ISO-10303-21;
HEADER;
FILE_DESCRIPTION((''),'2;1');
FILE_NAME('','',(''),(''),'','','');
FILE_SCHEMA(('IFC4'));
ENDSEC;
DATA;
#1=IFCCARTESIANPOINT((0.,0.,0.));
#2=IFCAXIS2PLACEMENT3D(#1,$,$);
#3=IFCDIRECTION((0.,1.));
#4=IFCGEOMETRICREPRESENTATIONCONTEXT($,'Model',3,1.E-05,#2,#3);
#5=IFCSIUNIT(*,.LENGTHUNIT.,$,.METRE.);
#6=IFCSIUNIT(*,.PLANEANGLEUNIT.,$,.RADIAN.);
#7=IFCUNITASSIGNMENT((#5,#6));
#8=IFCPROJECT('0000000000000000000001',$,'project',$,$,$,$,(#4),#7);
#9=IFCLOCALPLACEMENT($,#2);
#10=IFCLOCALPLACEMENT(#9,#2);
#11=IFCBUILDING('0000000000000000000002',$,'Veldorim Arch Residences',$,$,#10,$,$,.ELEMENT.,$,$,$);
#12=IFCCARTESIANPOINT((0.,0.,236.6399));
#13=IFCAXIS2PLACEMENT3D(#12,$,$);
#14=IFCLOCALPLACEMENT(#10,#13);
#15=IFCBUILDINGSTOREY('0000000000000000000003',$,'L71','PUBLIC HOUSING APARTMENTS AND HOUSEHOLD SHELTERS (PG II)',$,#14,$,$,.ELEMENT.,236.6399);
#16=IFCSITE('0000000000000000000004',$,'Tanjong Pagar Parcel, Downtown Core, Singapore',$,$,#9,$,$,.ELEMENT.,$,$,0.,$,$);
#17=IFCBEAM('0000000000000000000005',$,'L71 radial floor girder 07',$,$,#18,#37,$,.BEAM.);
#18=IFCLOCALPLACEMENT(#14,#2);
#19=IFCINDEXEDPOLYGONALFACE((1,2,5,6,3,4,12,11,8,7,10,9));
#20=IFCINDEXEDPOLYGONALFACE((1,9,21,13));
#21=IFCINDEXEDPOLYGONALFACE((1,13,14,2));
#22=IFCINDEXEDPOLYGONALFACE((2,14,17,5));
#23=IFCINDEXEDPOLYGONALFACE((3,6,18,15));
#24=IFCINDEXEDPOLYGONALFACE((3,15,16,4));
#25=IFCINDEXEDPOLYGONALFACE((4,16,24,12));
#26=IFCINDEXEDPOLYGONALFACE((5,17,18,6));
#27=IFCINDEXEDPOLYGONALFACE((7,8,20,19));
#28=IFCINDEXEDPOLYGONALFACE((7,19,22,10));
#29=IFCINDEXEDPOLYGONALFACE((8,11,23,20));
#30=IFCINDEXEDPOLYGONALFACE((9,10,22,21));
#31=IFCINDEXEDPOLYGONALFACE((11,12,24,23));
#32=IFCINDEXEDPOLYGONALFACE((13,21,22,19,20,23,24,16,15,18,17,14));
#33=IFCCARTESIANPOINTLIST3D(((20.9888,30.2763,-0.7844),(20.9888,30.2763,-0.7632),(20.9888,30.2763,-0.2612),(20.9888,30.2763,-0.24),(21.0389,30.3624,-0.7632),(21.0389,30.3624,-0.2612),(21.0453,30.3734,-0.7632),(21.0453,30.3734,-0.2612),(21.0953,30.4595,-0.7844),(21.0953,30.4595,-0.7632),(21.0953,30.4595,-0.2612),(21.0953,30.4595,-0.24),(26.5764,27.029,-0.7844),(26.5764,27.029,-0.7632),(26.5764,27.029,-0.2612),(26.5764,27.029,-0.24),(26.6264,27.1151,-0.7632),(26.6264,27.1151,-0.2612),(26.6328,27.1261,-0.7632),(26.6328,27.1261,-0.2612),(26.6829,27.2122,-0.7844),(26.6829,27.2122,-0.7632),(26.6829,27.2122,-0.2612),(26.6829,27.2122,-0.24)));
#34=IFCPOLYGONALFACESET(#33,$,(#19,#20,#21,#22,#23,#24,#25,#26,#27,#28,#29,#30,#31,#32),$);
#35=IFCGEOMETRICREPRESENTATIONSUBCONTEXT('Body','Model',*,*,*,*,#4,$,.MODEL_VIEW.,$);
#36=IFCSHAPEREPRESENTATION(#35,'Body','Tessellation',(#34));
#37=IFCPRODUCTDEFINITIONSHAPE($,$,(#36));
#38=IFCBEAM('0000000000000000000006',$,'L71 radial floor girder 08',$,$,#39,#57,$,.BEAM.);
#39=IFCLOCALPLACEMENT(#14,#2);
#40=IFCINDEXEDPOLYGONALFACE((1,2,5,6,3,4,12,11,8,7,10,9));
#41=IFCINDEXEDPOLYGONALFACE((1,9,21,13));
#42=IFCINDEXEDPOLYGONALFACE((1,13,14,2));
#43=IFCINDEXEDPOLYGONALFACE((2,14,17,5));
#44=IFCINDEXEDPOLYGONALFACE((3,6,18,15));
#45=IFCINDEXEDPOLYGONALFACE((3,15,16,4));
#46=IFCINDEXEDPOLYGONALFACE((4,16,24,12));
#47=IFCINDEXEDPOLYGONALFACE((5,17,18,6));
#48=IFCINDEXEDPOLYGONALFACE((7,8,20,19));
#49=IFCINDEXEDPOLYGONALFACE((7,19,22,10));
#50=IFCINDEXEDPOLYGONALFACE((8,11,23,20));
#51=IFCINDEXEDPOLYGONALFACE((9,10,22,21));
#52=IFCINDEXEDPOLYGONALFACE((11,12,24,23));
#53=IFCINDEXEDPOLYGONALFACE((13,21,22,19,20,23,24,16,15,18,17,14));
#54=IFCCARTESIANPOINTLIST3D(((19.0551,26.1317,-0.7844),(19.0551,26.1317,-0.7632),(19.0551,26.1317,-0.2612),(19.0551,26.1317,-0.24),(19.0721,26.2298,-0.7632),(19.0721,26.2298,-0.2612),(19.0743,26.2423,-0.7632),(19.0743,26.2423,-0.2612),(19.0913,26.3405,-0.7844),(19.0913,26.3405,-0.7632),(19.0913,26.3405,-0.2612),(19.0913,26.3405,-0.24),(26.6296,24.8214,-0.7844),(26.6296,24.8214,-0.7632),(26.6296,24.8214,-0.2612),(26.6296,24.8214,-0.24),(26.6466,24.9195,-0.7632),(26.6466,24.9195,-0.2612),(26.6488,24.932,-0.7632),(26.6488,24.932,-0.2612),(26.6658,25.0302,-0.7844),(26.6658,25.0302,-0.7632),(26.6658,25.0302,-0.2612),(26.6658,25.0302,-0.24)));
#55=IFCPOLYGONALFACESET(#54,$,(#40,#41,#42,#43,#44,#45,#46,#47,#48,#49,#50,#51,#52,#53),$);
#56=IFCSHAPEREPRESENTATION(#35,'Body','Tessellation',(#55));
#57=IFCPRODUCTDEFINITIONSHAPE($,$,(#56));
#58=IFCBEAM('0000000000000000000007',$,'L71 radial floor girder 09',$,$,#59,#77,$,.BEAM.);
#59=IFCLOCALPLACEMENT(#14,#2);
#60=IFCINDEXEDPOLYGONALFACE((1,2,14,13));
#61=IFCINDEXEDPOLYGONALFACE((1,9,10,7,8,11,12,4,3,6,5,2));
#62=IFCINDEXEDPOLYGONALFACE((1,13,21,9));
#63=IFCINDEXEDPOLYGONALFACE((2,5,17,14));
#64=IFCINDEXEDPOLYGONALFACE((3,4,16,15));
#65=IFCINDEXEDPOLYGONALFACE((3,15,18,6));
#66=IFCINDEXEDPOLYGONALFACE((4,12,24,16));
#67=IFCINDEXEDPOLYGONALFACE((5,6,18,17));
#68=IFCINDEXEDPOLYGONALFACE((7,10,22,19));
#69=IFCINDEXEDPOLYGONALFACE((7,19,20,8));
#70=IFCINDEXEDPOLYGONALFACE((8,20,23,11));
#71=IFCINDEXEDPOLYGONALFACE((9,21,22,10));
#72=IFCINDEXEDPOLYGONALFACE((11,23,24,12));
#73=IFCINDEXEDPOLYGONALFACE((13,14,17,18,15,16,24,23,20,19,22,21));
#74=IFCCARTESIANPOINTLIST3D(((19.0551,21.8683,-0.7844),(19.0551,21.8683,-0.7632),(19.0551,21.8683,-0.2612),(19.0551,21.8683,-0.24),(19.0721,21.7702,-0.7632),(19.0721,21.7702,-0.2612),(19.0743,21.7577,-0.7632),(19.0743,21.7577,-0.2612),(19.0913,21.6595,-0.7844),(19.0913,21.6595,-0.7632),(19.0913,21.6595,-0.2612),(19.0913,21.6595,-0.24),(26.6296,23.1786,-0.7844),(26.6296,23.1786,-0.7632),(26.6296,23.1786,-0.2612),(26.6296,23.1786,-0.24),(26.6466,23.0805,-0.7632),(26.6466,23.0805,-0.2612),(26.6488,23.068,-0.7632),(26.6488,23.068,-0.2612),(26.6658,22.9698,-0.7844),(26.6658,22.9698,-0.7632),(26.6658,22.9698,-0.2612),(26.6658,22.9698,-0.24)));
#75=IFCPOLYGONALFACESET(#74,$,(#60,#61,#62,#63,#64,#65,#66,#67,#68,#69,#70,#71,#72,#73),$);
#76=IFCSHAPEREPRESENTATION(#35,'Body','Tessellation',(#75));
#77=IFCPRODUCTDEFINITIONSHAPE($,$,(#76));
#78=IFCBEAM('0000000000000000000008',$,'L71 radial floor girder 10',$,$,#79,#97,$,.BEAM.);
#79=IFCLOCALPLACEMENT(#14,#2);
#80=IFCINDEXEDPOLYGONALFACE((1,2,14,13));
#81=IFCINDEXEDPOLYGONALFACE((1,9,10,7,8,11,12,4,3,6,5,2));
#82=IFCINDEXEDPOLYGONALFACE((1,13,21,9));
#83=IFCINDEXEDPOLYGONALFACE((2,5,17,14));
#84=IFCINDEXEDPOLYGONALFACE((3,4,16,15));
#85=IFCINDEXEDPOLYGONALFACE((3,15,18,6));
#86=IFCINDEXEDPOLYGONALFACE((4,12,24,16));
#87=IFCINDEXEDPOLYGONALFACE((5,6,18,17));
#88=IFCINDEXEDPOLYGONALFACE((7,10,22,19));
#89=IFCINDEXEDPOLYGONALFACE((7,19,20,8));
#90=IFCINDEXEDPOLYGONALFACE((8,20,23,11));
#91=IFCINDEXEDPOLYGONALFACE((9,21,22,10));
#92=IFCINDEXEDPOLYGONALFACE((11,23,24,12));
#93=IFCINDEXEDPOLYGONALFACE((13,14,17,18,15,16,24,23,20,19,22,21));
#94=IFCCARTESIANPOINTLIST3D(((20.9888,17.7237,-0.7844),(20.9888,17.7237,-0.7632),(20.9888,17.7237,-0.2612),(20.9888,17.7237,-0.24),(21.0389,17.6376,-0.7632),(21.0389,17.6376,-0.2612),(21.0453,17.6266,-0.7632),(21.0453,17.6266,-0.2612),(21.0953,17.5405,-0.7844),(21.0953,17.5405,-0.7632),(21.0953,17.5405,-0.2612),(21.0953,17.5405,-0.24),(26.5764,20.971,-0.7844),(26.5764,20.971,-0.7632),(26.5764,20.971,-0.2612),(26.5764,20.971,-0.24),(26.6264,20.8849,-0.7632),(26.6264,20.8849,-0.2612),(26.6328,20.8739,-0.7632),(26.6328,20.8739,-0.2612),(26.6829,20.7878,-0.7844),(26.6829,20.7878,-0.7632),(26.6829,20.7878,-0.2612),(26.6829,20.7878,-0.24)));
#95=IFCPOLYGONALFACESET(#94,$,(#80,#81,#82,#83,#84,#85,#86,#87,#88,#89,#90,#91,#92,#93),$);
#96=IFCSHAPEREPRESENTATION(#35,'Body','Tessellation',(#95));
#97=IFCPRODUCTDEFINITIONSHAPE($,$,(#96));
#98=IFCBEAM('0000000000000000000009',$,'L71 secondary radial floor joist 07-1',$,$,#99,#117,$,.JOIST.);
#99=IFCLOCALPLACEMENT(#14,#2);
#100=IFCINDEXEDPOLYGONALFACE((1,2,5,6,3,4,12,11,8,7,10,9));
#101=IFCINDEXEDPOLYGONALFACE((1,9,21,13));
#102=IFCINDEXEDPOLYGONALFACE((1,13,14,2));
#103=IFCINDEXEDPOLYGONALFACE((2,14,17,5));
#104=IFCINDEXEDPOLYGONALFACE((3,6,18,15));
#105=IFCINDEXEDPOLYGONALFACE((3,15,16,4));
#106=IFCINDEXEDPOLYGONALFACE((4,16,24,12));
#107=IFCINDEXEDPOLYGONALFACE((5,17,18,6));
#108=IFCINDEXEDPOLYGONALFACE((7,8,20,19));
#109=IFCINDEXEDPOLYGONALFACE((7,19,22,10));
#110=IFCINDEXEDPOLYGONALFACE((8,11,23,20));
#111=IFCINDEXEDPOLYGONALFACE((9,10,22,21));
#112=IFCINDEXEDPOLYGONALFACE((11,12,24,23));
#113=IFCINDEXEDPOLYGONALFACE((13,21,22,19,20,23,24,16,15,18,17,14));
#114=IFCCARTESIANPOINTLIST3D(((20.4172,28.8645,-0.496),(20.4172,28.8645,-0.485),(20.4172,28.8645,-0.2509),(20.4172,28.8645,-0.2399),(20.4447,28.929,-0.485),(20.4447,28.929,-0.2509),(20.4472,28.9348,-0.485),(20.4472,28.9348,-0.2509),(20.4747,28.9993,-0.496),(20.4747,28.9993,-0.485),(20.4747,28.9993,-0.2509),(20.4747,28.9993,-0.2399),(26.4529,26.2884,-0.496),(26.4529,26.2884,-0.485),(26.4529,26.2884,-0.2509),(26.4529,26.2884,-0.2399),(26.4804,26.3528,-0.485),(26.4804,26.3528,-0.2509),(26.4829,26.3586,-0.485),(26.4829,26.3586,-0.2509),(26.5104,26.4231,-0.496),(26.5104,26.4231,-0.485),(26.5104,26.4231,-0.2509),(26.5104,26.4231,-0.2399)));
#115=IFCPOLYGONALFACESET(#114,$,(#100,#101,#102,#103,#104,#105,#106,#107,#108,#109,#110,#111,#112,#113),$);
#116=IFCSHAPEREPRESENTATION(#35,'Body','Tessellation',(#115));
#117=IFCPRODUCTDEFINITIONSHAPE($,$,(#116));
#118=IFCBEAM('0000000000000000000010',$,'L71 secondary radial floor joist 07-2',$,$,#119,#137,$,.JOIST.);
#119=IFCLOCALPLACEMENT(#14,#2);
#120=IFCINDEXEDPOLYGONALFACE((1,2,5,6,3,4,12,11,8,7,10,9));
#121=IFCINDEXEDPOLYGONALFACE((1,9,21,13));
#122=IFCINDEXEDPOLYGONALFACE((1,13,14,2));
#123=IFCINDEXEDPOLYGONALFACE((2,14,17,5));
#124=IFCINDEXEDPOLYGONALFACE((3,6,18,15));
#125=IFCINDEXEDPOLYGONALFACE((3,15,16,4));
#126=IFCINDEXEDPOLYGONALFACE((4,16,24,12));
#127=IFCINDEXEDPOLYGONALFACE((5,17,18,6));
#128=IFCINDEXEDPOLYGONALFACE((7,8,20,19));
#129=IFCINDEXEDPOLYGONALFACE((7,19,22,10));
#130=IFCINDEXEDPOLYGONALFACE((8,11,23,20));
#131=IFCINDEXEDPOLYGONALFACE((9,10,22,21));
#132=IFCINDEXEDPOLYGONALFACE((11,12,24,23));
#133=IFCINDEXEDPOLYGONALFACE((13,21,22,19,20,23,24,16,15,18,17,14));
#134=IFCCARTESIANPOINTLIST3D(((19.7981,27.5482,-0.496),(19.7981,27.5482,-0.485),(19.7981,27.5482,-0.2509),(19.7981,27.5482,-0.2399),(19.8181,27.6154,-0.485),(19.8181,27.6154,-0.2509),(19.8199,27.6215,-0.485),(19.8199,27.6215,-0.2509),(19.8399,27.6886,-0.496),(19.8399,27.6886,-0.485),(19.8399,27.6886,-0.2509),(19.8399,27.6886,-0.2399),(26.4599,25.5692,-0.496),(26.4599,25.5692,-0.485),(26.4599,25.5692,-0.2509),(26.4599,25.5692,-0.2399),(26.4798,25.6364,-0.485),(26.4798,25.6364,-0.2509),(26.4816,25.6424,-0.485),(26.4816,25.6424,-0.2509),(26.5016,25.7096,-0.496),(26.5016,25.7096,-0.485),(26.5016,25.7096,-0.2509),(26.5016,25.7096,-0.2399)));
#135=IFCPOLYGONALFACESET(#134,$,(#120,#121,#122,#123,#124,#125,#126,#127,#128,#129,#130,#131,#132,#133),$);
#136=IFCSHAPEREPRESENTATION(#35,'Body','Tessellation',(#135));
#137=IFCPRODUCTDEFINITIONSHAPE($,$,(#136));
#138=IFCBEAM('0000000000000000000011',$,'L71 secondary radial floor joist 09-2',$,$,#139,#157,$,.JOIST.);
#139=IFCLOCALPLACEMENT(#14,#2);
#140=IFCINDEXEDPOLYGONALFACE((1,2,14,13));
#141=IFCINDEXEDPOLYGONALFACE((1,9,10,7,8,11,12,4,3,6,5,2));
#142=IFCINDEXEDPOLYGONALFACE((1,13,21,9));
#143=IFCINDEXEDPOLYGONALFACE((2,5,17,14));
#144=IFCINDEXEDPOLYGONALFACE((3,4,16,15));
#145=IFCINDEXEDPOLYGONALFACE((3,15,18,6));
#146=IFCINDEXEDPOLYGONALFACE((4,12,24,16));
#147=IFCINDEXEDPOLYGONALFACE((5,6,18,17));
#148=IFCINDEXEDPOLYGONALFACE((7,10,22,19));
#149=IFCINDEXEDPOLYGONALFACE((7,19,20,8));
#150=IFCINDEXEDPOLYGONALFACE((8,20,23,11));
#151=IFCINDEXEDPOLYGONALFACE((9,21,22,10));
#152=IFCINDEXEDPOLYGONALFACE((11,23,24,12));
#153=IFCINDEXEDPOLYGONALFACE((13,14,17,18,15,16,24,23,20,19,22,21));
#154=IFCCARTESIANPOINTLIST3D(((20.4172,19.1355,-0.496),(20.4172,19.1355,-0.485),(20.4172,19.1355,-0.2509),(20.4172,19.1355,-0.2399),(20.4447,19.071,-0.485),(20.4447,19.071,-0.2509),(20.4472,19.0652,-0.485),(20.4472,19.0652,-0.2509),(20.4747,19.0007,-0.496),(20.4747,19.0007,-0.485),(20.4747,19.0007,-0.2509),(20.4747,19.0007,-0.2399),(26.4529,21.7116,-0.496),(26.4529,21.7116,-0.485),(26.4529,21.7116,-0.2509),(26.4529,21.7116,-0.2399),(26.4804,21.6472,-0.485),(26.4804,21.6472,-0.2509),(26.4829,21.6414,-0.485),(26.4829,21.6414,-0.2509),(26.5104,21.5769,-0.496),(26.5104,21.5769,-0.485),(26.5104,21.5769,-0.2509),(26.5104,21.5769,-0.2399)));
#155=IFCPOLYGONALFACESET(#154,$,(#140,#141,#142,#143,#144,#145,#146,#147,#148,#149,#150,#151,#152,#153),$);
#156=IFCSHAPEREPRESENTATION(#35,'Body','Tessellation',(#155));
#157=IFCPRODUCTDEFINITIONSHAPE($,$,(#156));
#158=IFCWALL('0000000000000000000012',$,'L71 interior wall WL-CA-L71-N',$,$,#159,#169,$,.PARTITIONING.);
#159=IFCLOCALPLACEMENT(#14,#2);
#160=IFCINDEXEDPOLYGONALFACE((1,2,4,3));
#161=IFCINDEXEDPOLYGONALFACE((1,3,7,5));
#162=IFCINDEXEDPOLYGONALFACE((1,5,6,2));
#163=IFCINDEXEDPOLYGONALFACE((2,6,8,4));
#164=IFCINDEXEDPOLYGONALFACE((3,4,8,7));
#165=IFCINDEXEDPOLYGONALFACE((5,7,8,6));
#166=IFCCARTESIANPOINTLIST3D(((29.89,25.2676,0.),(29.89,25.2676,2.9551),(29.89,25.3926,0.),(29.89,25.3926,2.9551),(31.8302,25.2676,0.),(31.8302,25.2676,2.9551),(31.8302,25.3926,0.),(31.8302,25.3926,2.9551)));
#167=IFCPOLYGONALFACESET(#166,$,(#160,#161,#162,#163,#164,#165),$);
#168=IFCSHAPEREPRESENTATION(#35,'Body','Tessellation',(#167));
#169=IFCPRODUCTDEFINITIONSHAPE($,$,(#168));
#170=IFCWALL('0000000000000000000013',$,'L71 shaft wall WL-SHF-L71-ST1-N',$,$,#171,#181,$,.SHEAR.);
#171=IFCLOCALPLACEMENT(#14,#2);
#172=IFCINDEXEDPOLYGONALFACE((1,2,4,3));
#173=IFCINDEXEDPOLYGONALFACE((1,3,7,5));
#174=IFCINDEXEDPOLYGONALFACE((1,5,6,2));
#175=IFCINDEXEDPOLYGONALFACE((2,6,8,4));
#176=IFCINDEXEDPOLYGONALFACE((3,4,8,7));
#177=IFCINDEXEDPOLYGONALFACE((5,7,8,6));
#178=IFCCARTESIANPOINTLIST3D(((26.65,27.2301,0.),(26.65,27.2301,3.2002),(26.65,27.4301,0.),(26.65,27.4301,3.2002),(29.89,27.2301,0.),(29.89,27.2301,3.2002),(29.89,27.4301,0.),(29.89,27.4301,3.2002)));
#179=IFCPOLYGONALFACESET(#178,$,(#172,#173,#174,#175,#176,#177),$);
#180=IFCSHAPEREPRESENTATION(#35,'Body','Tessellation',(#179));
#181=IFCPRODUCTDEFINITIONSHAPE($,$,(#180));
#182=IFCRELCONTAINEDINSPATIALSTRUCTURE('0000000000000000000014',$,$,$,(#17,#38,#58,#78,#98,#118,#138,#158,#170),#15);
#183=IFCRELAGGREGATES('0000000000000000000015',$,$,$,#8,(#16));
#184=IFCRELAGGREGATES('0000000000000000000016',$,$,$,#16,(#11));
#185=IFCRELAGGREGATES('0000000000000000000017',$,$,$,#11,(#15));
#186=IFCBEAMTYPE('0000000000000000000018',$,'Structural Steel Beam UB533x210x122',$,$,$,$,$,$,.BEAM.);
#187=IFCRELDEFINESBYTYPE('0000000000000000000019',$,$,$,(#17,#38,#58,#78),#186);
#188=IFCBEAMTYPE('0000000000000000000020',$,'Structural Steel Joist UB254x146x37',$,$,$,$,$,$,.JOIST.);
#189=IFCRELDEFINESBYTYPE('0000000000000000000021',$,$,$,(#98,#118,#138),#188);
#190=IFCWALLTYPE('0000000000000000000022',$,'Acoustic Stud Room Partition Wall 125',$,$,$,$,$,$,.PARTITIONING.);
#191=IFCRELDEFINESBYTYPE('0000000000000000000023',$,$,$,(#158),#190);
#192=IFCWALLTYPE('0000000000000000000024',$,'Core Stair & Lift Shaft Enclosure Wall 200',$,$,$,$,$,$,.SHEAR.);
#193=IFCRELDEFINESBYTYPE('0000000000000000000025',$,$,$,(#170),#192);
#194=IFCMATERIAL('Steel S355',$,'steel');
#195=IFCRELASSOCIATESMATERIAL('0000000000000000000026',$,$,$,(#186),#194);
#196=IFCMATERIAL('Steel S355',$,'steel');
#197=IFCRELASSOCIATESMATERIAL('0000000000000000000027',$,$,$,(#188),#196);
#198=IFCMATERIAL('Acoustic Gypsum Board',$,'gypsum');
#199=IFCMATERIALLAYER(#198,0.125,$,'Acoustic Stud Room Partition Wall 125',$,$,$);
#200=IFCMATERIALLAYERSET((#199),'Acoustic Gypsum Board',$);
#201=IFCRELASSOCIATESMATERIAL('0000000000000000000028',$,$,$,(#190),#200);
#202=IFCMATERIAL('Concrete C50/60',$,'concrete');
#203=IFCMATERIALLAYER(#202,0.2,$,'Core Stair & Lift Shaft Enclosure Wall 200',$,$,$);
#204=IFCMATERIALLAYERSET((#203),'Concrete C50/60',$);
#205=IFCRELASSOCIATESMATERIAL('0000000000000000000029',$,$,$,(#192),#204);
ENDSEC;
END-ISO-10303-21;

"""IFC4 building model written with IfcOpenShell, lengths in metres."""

from ifc_helpers import new_model, si_unit, direction, frame, frame_2d, origin, origin_2d, place, context, subcontext, project, spatial, rectangle, i_section, extrude, material, layer, layer_set, material_profile, profile_set, type_object, element, save


model = new_model("IFC4")

# Units and contexts
model_context = context("Model", 3, precision=1e-05, world=origin(), true_north=direction((0.0, 1.0)))
body_context = subcontext(model_context, "Body", "Model", "MODEL_VIEW")
ifc_project = project(units=[si_unit("LENGTHUNIT", "METRE"), si_unit("PLANEANGLEUNIT", "RADIAN")], contexts=[model_context])

# Site, building, storey
site_placement = place(None, origin())
site = spatial("IfcSite", under=ifc_project, at=site_placement, Name="Tanjong Pagar Parcel, Downtown Core, Singapore", CompositionType="ELEMENT", RefElevation=0.0)
building_placement = place(site_placement, origin())
building = spatial("IfcBuilding", under=site, at=building_placement, Name="Veldorim Arch Residences", CompositionType="ELEMENT")
storey_placement = place(building_placement, frame((0.0, 0.0, 236.6399)))
storey = spatial("IfcBuildingStorey", under=building, at=storey_placement, Name="L71", Description="PUBLIC HOUSING APARTMENTS AND HOUSEHOLD SHELTERS (PG II)", CompositionType="ELEMENT", Elevation=236.6399)

# Beams
ifc_material_1 = material(Name="Steel S355", Category="steel")
ifc_material_profile_1 = material_profile(ifc_material_1, i_section(OverallWidth=0.2119, OverallDepth=0.5444, WebThickness=0.0127, FlangeThickness=0.0212, at=origin_2d()), Name="UB533x210x122")
ifc_profile_set_1 = profile_set([ifc_material_profile_1], Name="Steel S355")
beam_type_1 = type_object("IfcBeamType", Name="Structural Steel Beam UB533x210x122", PredefinedType="BEAM", material=ifc_profile_set_1)
beam_1_placement = place(storey_placement, frame((26.6296, 27.1206, -0.5122), z_axis=(-0.864596, 0.502468, 0.0), x_axis=(-0.502468, -0.864596, 0.0)))
element("IfcBeam", 1, at=beam_1_placement, inside=storey, type_object=beam_type_1, Name="L71 radial floor girder 07", PredefinedType="BEAM", context=body_context, shape_type="SweptSolid", body=[
    extrude(i_section(OverallWidth=0.2119, OverallDepth=0.5444, WebThickness=0.0127, FlangeThickness=0.0212, at=origin_2d()), origin(), (0.0, 0.0, 1.0), 6.4626),
])
for number, where, z_axis, x_axis, name in (
    (2, (26.6477, 24.9258, -0.5122), (-0.985365, 0.170458, 0.0), (-0.170458, -0.985365, 0.0), "L71 radial floor girder 08"),
    (3, (26.6477, 23.0742, -0.5122), (-0.985365, -0.170458, 0.0), (0.170458, -0.985365, 0.0), "L71 radial floor girder 09"),
):
    element("IfcBeam", number, at=place(storey_placement, frame(where, z_axis=z_axis, x_axis=x_axis)), inside=storey, type_object=beam_type_1, Name=name, PredefinedType="BEAM", context=body_context, shape_type="SweptSolid", body=[
        extrude(i_section(OverallWidth=0.2119, OverallDepth=0.5444, WebThickness=0.0127, FlangeThickness=0.0212, at=origin_2d()), origin(), (0.0, 0.0, 1.0), 7.687),
    ])
beam_2_placement = place(storey_placement, frame((26.6296, 20.8794, -0.5122), z_axis=(-0.864596, -0.502468, 0.0), x_axis=(0.502468, -0.864596, 0.0)))
element("IfcBeam", 4, at=beam_2_placement, inside=storey, type_object=beam_type_1, Name="L71 radial floor girder 10", PredefinedType="BEAM", context=body_context, shape_type="SweptSolid", body=[
    extrude(i_section(OverallWidth=0.2119, OverallDepth=0.5444, WebThickness=0.0127, FlangeThickness=0.0212, at=origin_2d()), origin(), (0.0, 0.0, 1.0), 6.4626),
])
ifc_material_2 = material(Name="Steel S355", Category="steel")
ifc_material_profile_2 = material_profile(ifc_material_2, i_section(OverallWidth=0.1465, OverallDepth=0.2561, WebThickness=0.0063, FlangeThickness=0.011, at=origin_2d()), Name="UB254x146x37")
ifc_profile_set_2 = profile_set([ifc_material_profile_2], Name="Steel S355")
beam_type_2 = type_object("IfcBeamType", Name="Structural Steel Joist UB254x146x37", PredefinedType="JOIST", material=ifc_profile_set_2)
beam_3_placement = place(storey_placement, frame((26.4817, 26.3557, -0.3679), z_axis=(-0.919725, 0.392563, 0.0), x_axis=(-0.392563, -0.919725, 0.0)))
element("IfcBeam", 5, at=beam_3_placement, inside=storey, type_object=beam_type_2, Name="L71 secondary radial floor joist 07-1", PredefinedType="JOIST", context=body_context, shape_type="SweptSolid", body=[
    extrude(i_section(OverallWidth=0.1465, OverallDepth=0.2561, WebThickness=0.0063, FlangeThickness=0.011, at=origin_2d()), origin(), (0.0, 0.0, 1.0), 6.5625),
])
beam_4_placement = place(storey_placement, frame((26.4807, 25.6394, -0.3679), z_axis=(-0.958594, 0.284775, 0.0), x_axis=(-0.284775, -0.958594, 0.0)))
element("IfcBeam", 6, at=beam_4_placement, inside=storey, type_object=beam_type_2, Name="L71 secondary radial floor joist 07-2", PredefinedType="JOIST", context=body_context, shape_type="SweptSolid", body=[
    extrude(i_section(OverallWidth=0.1465, OverallDepth=0.2561, WebThickness=0.0063, FlangeThickness=0.011, at=origin_2d()), origin(), (0.0, 0.0, 1.0), 6.9495),
])
beam_5_placement = place(storey_placement, frame((26.4817, 21.6443, -0.3679), z_axis=(-0.919725, -0.392563, 0.0), x_axis=(0.392563, -0.919725, 0.0)))
element("IfcBeam", 7, at=beam_5_placement, inside=storey, type_object=beam_type_2, Name="L71 secondary radial floor joist 09-2", PredefinedType="JOIST", context=body_context, shape_type="SweptSolid", body=[
    extrude(i_section(OverallWidth=0.1465, OverallDepth=0.2561, WebThickness=0.0063, FlangeThickness=0.011, at=origin_2d()), origin(), (0.0, 0.0, 1.0), 6.5625),
])

# Walls
ifc_material_3 = material(Name="Acoustic Gypsum Board", Category="gypsum")
ifc_layer_1 = layer(ifc_material_3, 0.125, Name="Acoustic Stud Room Partition Wall 125")
ifc_layer_set_1 = layer_set([ifc_layer_1], Name="Acoustic Gypsum Board")
wall_type_1 = type_object("IfcWallType", Name="Acoustic Stud Room Partition Wall 125", PredefinedType="PARTITIONING", material=ifc_layer_set_1)
wall_1_placement = place(storey_placement, frame((29.8899, 25.3301, 0.0), z_axis=(0.0, 0.0, 1.0), x_axis=(1.0, 0.0, 0.0)))
element("IfcWall", 8, at=wall_1_placement, inside=storey, type_object=wall_type_1, Name="L71 interior wall WL-CA-L71-N", PredefinedType="PARTITIONING", context=body_context, shape_type="SweptSolid", body=[
    extrude(rectangle(XDim=1.9402, YDim=0.125, at=frame_2d((0.9702, 0.0))), origin(), (0.0, 0.0, 1.0), 2.9551),
])
ifc_material_4 = material(Name="Concrete C50/60", Category="concrete")
ifc_layer_2 = layer(ifc_material_4, 0.2, Name="Core Stair & Lift Shaft Enclosure Wall 200")
ifc_layer_set_2 = layer_set([ifc_layer_2], Name="Concrete C50/60")
wall_type_2 = type_object("IfcWallType", Name="Core Stair & Lift Shaft Enclosure Wall 200", PredefinedType="SHEAR", material=ifc_layer_set_2)
wall_2_placement = place(storey_placement, frame((26.6499, 27.3301, 0.0), z_axis=(0.0, 0.0, 1.0), x_axis=(1.0, 0.0, 0.0)))
element("IfcWall", 9, at=wall_2_placement, inside=storey, type_object=wall_type_2, Name="L71 shaft wall WL-SHF-L71-ST1-N", PredefinedType="SHEAR", context=body_context, shape_type="SweptSolid", body=[
    extrude(rectangle(XDim=3.24, YDim=0.2, at=frame_2d((1.6201, 0.0))), origin(), (0.0, 0.0, 1.0), 3.2002),
])

save(model, "model.ifc")
